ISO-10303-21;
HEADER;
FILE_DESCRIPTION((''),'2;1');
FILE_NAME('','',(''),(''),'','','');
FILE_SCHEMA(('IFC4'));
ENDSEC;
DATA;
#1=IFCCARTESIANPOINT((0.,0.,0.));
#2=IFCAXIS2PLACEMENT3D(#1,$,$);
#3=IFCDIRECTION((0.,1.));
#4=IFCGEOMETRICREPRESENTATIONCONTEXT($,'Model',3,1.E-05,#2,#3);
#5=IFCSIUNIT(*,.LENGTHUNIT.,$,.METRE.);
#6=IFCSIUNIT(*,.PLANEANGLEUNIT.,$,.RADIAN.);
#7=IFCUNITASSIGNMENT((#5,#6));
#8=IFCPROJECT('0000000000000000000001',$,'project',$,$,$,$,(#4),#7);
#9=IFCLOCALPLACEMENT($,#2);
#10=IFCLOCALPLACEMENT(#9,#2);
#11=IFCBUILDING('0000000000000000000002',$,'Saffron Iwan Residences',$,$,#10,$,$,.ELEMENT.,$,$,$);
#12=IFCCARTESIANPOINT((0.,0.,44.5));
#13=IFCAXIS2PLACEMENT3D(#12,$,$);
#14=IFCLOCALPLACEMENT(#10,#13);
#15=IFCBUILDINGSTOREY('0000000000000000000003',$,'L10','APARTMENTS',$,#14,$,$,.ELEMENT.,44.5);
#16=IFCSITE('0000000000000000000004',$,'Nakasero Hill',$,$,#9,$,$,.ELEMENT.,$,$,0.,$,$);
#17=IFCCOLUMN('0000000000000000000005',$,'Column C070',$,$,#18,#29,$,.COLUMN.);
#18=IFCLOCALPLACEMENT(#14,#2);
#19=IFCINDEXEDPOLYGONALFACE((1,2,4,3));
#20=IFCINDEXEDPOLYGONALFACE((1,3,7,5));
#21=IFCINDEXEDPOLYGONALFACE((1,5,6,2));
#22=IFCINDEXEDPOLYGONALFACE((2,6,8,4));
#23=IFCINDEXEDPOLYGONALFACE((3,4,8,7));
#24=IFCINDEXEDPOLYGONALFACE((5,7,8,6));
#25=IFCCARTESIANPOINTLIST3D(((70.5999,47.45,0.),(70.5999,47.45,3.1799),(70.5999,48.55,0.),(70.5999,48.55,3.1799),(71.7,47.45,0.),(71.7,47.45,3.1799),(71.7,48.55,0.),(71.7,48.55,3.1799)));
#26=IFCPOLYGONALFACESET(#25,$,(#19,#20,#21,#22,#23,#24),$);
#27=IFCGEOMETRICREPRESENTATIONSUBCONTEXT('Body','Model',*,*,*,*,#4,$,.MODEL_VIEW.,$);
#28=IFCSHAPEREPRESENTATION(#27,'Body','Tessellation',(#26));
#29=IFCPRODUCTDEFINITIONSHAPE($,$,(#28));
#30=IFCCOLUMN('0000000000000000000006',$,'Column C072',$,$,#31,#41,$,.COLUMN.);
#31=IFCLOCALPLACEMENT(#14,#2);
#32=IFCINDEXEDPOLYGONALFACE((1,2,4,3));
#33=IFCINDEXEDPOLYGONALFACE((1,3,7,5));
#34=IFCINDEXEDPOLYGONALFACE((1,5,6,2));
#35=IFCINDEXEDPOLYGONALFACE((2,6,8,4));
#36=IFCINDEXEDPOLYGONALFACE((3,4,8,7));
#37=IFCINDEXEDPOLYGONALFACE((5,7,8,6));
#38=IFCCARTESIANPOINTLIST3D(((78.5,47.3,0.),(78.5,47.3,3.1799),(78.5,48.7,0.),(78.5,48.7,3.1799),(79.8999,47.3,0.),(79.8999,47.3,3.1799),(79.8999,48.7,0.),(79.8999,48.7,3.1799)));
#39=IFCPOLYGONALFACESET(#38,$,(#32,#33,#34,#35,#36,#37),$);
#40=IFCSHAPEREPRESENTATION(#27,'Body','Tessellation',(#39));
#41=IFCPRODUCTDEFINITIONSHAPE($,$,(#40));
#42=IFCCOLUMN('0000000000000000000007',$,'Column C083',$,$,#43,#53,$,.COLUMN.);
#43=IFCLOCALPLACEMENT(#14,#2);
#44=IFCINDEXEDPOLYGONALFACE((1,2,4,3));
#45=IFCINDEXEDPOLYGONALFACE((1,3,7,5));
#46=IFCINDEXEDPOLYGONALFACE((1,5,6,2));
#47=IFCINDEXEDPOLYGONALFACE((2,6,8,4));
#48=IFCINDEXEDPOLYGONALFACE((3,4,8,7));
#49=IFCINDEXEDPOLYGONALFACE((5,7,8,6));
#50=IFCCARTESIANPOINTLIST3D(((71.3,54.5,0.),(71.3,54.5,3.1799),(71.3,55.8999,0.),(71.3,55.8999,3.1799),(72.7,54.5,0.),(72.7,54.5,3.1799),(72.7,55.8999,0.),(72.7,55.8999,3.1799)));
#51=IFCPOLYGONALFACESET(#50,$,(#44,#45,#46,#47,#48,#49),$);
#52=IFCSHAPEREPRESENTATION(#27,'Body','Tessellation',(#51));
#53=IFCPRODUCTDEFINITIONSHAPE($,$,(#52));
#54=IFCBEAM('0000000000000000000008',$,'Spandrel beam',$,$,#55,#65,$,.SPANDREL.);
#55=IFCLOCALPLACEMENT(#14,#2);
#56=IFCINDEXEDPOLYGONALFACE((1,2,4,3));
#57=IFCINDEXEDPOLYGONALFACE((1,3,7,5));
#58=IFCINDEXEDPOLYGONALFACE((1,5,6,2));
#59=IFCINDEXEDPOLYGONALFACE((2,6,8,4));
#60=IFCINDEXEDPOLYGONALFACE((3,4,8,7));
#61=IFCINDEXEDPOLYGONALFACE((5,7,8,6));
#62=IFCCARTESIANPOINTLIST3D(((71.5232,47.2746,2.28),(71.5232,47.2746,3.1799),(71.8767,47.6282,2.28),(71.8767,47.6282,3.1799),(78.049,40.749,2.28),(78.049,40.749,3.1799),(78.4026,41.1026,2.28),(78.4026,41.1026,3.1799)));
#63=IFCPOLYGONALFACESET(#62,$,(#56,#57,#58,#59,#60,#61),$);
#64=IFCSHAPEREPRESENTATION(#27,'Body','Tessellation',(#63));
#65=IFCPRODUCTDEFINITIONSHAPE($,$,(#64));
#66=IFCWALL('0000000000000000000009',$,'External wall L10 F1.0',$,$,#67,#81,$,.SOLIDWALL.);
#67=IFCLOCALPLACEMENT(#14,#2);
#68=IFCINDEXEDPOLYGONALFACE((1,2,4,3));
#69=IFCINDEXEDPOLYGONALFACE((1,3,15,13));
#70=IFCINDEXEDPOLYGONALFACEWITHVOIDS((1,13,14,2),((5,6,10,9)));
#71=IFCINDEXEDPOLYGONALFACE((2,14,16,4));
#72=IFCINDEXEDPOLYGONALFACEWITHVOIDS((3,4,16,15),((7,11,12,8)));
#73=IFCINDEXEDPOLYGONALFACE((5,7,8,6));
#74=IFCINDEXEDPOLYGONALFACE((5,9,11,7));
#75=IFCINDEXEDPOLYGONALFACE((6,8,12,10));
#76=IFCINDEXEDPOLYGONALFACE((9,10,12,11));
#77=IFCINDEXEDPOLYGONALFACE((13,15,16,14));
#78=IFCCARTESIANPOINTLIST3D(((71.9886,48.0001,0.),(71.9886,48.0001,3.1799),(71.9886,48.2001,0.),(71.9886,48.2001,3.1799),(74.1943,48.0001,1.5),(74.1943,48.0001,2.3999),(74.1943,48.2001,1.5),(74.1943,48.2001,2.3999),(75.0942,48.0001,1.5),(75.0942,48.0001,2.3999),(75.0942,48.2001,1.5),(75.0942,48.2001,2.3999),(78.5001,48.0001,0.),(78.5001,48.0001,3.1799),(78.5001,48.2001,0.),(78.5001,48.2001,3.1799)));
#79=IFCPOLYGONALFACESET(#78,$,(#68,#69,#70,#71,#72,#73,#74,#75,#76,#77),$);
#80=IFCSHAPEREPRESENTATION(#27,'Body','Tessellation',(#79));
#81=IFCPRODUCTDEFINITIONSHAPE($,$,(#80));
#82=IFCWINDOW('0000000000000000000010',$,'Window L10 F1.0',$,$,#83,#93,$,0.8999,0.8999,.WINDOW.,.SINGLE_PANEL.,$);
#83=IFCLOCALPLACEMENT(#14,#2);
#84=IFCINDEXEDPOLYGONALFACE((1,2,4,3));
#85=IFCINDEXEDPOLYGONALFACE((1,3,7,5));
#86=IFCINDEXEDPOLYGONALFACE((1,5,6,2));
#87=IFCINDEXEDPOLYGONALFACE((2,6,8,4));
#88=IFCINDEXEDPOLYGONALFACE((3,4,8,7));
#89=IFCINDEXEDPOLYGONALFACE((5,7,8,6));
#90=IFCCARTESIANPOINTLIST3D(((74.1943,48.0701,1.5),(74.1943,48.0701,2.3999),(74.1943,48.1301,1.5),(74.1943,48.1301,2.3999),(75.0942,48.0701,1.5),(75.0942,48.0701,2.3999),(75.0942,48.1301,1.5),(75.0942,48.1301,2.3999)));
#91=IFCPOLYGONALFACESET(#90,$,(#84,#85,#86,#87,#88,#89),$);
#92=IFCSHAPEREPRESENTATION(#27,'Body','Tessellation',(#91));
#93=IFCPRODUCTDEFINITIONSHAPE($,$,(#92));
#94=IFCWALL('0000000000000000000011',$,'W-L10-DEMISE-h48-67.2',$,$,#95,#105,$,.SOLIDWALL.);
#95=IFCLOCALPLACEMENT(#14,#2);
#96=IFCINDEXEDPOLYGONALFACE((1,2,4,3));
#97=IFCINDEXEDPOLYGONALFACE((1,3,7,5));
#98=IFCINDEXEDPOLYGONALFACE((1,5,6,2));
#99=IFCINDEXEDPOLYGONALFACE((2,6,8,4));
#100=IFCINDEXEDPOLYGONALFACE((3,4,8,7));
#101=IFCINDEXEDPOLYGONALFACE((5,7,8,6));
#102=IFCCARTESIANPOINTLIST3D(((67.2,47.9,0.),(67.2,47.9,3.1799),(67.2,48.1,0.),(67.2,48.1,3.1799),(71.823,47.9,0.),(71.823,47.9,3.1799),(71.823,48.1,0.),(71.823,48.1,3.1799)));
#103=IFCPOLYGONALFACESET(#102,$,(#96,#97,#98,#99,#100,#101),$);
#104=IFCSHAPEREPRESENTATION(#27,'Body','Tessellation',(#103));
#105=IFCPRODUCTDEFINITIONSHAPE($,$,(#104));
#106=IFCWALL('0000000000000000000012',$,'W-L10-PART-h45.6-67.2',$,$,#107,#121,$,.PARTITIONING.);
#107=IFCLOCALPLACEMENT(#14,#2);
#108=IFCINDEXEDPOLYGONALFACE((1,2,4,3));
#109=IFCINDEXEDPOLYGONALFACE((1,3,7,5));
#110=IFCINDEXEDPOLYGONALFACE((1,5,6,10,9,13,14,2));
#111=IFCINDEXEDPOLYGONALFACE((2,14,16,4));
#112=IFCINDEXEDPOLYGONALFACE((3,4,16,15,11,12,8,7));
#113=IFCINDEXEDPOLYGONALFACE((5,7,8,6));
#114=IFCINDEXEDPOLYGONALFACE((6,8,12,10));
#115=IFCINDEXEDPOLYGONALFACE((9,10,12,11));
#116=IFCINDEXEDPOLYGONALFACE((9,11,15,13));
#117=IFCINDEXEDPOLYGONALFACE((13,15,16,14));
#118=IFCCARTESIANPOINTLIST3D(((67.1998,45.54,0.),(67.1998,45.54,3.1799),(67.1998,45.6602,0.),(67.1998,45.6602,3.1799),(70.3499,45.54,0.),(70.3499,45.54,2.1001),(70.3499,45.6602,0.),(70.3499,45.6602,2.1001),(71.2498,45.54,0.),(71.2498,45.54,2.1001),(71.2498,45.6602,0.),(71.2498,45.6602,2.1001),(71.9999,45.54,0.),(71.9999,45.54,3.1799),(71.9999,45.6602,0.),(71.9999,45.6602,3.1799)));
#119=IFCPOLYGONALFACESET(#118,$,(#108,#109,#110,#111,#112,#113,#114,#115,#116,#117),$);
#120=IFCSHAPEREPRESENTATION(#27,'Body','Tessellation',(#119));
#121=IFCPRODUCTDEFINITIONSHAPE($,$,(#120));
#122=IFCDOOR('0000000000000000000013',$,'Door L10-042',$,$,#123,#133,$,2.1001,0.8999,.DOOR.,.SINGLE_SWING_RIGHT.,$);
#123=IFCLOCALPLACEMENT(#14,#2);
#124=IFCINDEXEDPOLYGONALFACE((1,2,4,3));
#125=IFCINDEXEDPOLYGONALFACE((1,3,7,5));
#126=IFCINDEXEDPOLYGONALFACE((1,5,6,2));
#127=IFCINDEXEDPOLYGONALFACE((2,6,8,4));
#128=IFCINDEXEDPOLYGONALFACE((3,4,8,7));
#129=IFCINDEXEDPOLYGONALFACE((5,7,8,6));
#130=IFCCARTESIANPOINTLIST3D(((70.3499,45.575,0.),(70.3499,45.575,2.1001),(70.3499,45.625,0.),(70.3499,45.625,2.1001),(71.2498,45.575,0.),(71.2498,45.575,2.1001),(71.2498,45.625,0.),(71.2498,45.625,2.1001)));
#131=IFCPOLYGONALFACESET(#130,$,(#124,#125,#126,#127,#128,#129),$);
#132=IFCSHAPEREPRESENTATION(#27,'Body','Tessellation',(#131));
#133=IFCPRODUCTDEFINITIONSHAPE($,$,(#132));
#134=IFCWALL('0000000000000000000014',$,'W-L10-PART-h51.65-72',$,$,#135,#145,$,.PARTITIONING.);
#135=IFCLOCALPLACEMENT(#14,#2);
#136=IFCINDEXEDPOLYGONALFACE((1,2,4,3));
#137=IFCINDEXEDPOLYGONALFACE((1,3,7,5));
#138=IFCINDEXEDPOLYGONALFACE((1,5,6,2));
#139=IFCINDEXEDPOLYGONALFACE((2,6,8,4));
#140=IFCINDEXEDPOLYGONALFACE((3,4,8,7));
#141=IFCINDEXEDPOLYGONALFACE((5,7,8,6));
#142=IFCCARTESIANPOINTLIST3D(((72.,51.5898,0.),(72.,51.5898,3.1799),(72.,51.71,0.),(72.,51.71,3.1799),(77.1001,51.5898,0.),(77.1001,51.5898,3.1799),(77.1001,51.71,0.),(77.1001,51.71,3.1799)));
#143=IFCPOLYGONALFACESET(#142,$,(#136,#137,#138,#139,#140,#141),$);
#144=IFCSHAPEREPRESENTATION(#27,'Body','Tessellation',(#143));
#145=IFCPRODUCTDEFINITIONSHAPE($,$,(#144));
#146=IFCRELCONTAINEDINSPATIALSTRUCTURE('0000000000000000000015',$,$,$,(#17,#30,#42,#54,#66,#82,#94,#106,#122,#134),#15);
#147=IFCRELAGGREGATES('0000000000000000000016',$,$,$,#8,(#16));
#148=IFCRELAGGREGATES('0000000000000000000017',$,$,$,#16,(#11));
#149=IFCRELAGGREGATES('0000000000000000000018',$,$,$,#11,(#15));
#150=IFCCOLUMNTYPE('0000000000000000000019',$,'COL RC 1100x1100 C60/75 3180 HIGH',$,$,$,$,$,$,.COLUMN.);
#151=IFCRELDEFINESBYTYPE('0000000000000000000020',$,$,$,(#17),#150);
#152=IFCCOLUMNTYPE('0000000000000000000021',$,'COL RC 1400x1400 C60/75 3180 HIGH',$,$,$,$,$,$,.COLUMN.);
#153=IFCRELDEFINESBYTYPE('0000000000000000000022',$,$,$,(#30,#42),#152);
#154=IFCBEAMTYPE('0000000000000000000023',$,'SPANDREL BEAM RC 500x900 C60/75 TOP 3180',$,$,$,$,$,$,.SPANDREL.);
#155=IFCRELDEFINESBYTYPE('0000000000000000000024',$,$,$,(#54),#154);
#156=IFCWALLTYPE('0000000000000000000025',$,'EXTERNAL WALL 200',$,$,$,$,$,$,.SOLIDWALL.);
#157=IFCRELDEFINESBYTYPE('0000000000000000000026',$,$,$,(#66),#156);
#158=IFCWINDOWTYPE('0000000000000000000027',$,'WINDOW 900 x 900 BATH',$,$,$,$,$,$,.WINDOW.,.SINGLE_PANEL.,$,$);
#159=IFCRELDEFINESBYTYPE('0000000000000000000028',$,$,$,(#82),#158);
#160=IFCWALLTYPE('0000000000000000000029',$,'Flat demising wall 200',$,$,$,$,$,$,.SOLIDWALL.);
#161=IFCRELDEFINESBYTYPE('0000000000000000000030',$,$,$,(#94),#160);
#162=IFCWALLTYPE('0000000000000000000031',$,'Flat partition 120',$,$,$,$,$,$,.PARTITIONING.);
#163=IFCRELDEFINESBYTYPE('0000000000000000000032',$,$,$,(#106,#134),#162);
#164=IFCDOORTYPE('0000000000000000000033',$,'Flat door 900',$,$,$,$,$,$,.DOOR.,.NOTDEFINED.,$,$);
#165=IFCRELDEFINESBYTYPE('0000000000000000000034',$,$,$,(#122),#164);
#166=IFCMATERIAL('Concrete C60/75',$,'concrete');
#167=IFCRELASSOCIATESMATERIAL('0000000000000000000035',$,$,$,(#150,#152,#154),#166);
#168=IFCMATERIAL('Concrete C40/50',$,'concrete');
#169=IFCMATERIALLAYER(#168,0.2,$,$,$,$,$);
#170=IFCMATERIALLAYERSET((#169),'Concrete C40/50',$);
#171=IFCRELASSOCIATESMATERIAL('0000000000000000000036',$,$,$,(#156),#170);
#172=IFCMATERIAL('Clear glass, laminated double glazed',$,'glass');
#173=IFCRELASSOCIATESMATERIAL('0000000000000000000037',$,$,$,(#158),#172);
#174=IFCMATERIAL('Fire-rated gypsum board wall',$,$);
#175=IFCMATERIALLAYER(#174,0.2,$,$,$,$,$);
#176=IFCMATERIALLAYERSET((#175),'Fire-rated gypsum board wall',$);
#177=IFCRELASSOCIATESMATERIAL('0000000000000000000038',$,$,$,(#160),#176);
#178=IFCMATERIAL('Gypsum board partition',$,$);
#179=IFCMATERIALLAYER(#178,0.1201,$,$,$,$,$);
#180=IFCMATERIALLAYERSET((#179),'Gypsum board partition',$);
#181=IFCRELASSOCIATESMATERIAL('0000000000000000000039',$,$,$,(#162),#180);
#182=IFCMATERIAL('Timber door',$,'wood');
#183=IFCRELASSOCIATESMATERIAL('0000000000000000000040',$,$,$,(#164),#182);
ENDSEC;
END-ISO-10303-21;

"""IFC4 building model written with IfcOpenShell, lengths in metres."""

from ifc_helpers import new_model, si_unit, direction, frame, frame_2d, origin, origin_2d, place, context, subcontext, project, spatial, rectangle, extrude, source, transform, mapped, material, layer, layer_set, material_profile, profile_set, type_object, element, fill, save


model = new_model("IFC4")

# Units and contexts
model_context = context("Model", 3, precision=1e-05, world=origin(), true_north=direction((0.0, 1.0)))
body_context = subcontext(model_context, "Body", "Model", "MODEL_VIEW")
ifc_project = project(units=[si_unit("LENGTHUNIT", "METRE"), si_unit("PLANEANGLEUNIT", "RADIAN")], contexts=[model_context])

# Site, building, storey
site_placement = place(None, origin())
site = spatial("IfcSite", under=ifc_project, at=site_placement, Name="Nakasero Hill", CompositionType="ELEMENT", RefElevation=0.0)
building_placement = place(site_placement, origin())
building = spatial("IfcBuilding", under=site, at=building_placement, Name="Saffron Iwan Residences", CompositionType="ELEMENT")
storey_placement = place(building_placement, frame((0.0, 0.0, 44.5)))
storey = spatial("IfcBuildingStorey", under=building, at=storey_placement, Name="L10", Description="APARTMENTS", CompositionType="ELEMENT", Elevation=44.5)

# Columns
ifc_material_1 = material(Name="Concrete C60/75", Category="concrete")
ifc_material_profile_1 = material_profile(ifc_material_1, rectangle(XDim=1.1001, YDim=1.1001, at=origin_2d()), Name="RC 1100x1100")
ifc_profile_set_1 = profile_set([ifc_material_profile_1], Name="Concrete C60/75")
column_type_1 = type_object("IfcColumnType", Name="COL RC 1100x1100 C60/75 3180 HIGH", PredefinedType="COLUMN", material=ifc_profile_set_1)
shared_shape_1 = source(origin(), body_context, "Body", "SweptSolid", [
    extrude(rectangle(XDim=1.1001, YDim=1.1001, at=origin_2d()), origin(), (0.0, 0.0, 1.0), 3.1799),
])
column_placement = place(storey_placement, frame((71.1499, 48.0, 0.0), z_axis=(0.0, 0.0, 1.0), x_axis=(1.0, 0.0, 0.0)))
element("IfcColumn", 1, at=column_placement, inside=storey, type_object=column_type_1, Name="Column C070", PredefinedType="COLUMN", context=body_context, shape_type="MappedRepresentation", body=[
    mapped(shared_shape_1, transform((0.0, 0.0, 0.0))),
])
ifc_material_profile_2 = material_profile(ifc_material_1, rectangle(XDim=1.3999, YDim=1.3999, at=origin_2d()), Name="RC 1400x1400")
ifc_profile_set_2 = profile_set([ifc_material_profile_2], Name="Concrete C60/75")
column_type_2 = type_object("IfcColumnType", Name="COL RC 1400x1400 C60/75 3180 HIGH", PredefinedType="COLUMN", material=ifc_profile_set_2)
shared_shape_2 = source(origin(), body_context, "Body", "SweptSolid", [
    extrude(rectangle(XDim=1.3999, YDim=1.3999, at=origin_2d()), origin(), (0.0, 0.0, 1.0), 3.1799),
])
for number, where, z_axis, x_axis, name in (
    (2, (79.2, 48.0, 0.0), (0.0, 0.0, 1.0), (1.0, 0.0, 0.0), "Column C072"),
    (3, (72.0, 55.2, 0.0), (0.0, 0.0, 1.0), (1.0, 0.0, 0.0), "Column C083"),
):
    element("IfcColumn", number, at=place(storey_placement, frame(where, z_axis=z_axis, x_axis=x_axis)), inside=storey, type_object=column_type_2, Name=name, PredefinedType="COLUMN", context=body_context, shape_type="MappedRepresentation", body=[
        mapped(shared_shape_2, transform((0.0, 0.0, 0.0))),
    ])

# Beam
ifc_material_profile_3 = material_profile(ifc_material_1, rectangle(XDim=0.5, YDim=0.8999, at=origin_2d()), Name="RC 500x900")
ifc_profile_set_3 = profile_set([ifc_material_profile_3], Name="Concrete C60/75")
beam_type = type_object("IfcBeamType", Name="SPANDREL BEAM RC 500x900 C60/75 TOP 3180", PredefinedType="SPANDREL", material=ifc_profile_set_3)
shared_shape_3 = source(origin(), body_context, "Body", "SweptSolid", [
    extrude(rectangle(XDim=0.5, YDim=0.8999, at=origin_2d()), origin(), (0.0, 0.0, 1.0), 9.2288),
])
beam_placement = place(storey_placement, frame((71.7, 47.4514, 2.73), z_axis=(0.70712, -0.707094, 0.0), x_axis=(0.707094, 0.70712, 0.0)))
element("IfcBeam", 4, at=beam_placement, inside=storey, type_object=beam_type, Name="Spandrel beam", PredefinedType="SPANDREL", context=body_context, shape_type="MappedRepresentation", body=[
    mapped(shared_shape_3, transform((0.0, 0.0, 0.0))),
])

# Wall, opening, window
ifc_material_2 = material(Name="Concrete C40/50", Category="concrete")
ifc_layer_1 = layer(ifc_material_2, 0.2)
ifc_layer_set_1 = layer_set([ifc_layer_1], Name="Concrete C40/50")
wall_type_1 = type_object("IfcWallType", Name="EXTERNAL WALL 200", PredefinedType="SOLIDWALL", material=ifc_layer_set_1)
wall_1_placement = place(storey_placement, frame((71.9885, 48.1001, 0.0), z_axis=(0.0, 0.0, 1.0), x_axis=(1.0, 0.0, 0.0)))
wall_1 = element("IfcWall", 5, at=wall_1_placement, inside=storey, type_object=wall_type_1, Name="External wall L10 F1.0", PredefinedType="SOLIDWALL", context=body_context, shape_type="SweptSolid", body=[
    extrude(rectangle(XDim=6.5115, YDim=0.2, at=frame_2d((3.2559, 0.0))), origin(), (0.0, 0.0, 1.0), 3.1799),
])
opening_1_placement = place(wall_1_placement, frame((2.2058, 0.0, 1.5)))
opening_1 = element("IfcOpeningElement", 6, at=opening_1_placement, cuts=wall_1, PredefinedType="OPENING", context=body_context, shape_type="SweptSolid", body=[
    extrude(rectangle(XDim=0.8999, YDim=0.8999, at=frame_2d((0.45, 0.45))), frame((0.0, 0.1099, 0.0), z_axis=(0.0, -1.0, 0.0), x_axis=(1.0, 0.0, 0.0)), (0.0, 0.0, 1.0), 0.22),
])
ifc_material_3 = material(Name="Clear glass, laminated double glazed", Category="glass")
window_type = type_object("IfcWindowType", Name="WINDOW 900 x 900 BATH", PartitioningType="SINGLE_PANEL", PredefinedType="WINDOW", material=ifc_material_3)
window_placement = place(opening_1_placement, origin())
window = element("IfcWindow", 7, at=window_placement, inside=storey, type_object=window_type, Name="Window L10 F1.0", OverallHeight=0.8999, OverallWidth=0.8999, PartitioningType="SINGLE_PANEL", PredefinedType="WINDOW", context=body_context, shape_type="SweptSolid", body=[
    extrude(rectangle(XDim=0.8999, YDim=0.8999, at=frame_2d((0.45, 0.45))), frame((0.0, 0.03, 0.0), z_axis=(0.0, -1.0, 0.0), x_axis=(1.0, 0.0, 0.0)), (0.0, 0.0, 1.0), 0.0601),
])
fill(opening_1, window)

# Wall
ifc_material_4 = material(Name="Fire-rated gypsum board wall")
ifc_layer_2 = layer(ifc_material_4, 0.2)
ifc_layer_set_2 = layer_set([ifc_layer_2], Name="Fire-rated gypsum board wall")
wall_type_2 = type_object("IfcWallType", Name="Flat demising wall 200", PredefinedType="SOLIDWALL", material=ifc_layer_set_2)
wall_2_placement = place(storey_placement, frame((67.2, 48.0, 0.0), z_axis=(0.0, 0.0, 1.0), x_axis=(1.0, 0.0, 0.0)))
element("IfcWall", 8, at=wall_2_placement, inside=storey, type_object=wall_type_2, Name="W-L10-DEMISE-h48-67.2", PredefinedType="SOLIDWALL", context=body_context, shape_type="SweptSolid", body=[
    extrude(rectangle(XDim=4.623, YDim=0.2, at=frame_2d((2.3115, 0.0))), origin(), (0.0, 0.0, 1.0), 3.1799),
])

# Wall, opening, door
ifc_material_5 = material(Name="Gypsum board partition")
ifc_layer_3 = layer(ifc_material_5, 0.1201)
ifc_layer_set_3 = layer_set([ifc_layer_3], Name="Gypsum board partition")
wall_type_3 = type_object("IfcWallType", Name="Flat partition 120", PredefinedType="PARTITIONING", material=ifc_layer_set_3)
wall_3_placement = place(storey_placement, frame((67.2, 45.6001, 0.0), z_axis=(0.0, 0.0, 1.0), x_axis=(1.0, 0.0, 0.0)))
wall_3 = element("IfcWall", 9, at=wall_3_placement, inside=storey, type_object=wall_type_3, Name="W-L10-PART-h45.6-67.2", PredefinedType="PARTITIONING", context=body_context, shape_type="SweptSolid", body=[
    extrude(rectangle(XDim=4.8, YDim=0.1201, at=frame_2d((2.3999, 0.0))), origin(), (0.0, 0.0, 1.0), 3.1799),
])
opening_2_placement = place(wall_3_placement, frame((3.1499, 0.0, 0.0)))
opening_2 = element("IfcOpeningElement", 10, at=opening_2_placement, cuts=wall_3, PredefinedType="OPENING", context=body_context, shape_type="SweptSolid", body=[
    extrude(rectangle(XDim=0.8999, YDim=2.1001, at=frame_2d((0.45, 1.05))), frame((0.0, 0.0701, 0.0), z_axis=(0.0, -1.0, 0.0), x_axis=(1.0, 0.0, 0.0)), (0.0, 0.0, 1.0), 0.1401),
])
ifc_material_6 = material(Name="Timber door", Category="wood")
door_type_1 = type_object("IfcDoorType", Name="Flat door 900", OperationType="NOTDEFINED", PredefinedType="DOOR", material=ifc_material_6)
door_1_placement = place(opening_2_placement, origin())
door_1 = element("IfcDoor", 11, at=door_1_placement, inside=storey, type_object=door_type_1, Name="Door L10-042", OperationType="SINGLE_SWING_RIGHT", OverallHeight=2.1001, OverallWidth=0.8999, PredefinedType="DOOR", context=body_context, shape_type="SweptSolid", body=[
    extrude(rectangle(XDim=0.8999, YDim=2.1001, at=frame_2d((0.45, 1.05))), frame((0.0, 0.0249, 0.0), z_axis=(0.0, -1.0, 0.0), x_axis=(1.0, 0.0, 0.0)), (0.0, 0.0, 1.0), 0.05),
])
fill(opening_2, door_1)

# Wall
wall_4_placement = place(storey_placement, frame((72.0, 51.6499, 0.0), z_axis=(0.0, 0.0, 1.0), x_axis=(1.0, 0.0, 0.0)))
element("IfcWall", 12, at=wall_4_placement, inside=storey, type_object=wall_type_3, Name="W-L10-PART-h51.65-72", PredefinedType="PARTITIONING", context=body_context, shape_type="SweptSolid", body=[
    extrude(rectangle(XDim=5.1001, YDim=0.1201, at=frame_2d((2.55, 0.0))), origin(), (0.0, 0.0, 1.0), 3.1799),
])

save(model, "model.ifc")
